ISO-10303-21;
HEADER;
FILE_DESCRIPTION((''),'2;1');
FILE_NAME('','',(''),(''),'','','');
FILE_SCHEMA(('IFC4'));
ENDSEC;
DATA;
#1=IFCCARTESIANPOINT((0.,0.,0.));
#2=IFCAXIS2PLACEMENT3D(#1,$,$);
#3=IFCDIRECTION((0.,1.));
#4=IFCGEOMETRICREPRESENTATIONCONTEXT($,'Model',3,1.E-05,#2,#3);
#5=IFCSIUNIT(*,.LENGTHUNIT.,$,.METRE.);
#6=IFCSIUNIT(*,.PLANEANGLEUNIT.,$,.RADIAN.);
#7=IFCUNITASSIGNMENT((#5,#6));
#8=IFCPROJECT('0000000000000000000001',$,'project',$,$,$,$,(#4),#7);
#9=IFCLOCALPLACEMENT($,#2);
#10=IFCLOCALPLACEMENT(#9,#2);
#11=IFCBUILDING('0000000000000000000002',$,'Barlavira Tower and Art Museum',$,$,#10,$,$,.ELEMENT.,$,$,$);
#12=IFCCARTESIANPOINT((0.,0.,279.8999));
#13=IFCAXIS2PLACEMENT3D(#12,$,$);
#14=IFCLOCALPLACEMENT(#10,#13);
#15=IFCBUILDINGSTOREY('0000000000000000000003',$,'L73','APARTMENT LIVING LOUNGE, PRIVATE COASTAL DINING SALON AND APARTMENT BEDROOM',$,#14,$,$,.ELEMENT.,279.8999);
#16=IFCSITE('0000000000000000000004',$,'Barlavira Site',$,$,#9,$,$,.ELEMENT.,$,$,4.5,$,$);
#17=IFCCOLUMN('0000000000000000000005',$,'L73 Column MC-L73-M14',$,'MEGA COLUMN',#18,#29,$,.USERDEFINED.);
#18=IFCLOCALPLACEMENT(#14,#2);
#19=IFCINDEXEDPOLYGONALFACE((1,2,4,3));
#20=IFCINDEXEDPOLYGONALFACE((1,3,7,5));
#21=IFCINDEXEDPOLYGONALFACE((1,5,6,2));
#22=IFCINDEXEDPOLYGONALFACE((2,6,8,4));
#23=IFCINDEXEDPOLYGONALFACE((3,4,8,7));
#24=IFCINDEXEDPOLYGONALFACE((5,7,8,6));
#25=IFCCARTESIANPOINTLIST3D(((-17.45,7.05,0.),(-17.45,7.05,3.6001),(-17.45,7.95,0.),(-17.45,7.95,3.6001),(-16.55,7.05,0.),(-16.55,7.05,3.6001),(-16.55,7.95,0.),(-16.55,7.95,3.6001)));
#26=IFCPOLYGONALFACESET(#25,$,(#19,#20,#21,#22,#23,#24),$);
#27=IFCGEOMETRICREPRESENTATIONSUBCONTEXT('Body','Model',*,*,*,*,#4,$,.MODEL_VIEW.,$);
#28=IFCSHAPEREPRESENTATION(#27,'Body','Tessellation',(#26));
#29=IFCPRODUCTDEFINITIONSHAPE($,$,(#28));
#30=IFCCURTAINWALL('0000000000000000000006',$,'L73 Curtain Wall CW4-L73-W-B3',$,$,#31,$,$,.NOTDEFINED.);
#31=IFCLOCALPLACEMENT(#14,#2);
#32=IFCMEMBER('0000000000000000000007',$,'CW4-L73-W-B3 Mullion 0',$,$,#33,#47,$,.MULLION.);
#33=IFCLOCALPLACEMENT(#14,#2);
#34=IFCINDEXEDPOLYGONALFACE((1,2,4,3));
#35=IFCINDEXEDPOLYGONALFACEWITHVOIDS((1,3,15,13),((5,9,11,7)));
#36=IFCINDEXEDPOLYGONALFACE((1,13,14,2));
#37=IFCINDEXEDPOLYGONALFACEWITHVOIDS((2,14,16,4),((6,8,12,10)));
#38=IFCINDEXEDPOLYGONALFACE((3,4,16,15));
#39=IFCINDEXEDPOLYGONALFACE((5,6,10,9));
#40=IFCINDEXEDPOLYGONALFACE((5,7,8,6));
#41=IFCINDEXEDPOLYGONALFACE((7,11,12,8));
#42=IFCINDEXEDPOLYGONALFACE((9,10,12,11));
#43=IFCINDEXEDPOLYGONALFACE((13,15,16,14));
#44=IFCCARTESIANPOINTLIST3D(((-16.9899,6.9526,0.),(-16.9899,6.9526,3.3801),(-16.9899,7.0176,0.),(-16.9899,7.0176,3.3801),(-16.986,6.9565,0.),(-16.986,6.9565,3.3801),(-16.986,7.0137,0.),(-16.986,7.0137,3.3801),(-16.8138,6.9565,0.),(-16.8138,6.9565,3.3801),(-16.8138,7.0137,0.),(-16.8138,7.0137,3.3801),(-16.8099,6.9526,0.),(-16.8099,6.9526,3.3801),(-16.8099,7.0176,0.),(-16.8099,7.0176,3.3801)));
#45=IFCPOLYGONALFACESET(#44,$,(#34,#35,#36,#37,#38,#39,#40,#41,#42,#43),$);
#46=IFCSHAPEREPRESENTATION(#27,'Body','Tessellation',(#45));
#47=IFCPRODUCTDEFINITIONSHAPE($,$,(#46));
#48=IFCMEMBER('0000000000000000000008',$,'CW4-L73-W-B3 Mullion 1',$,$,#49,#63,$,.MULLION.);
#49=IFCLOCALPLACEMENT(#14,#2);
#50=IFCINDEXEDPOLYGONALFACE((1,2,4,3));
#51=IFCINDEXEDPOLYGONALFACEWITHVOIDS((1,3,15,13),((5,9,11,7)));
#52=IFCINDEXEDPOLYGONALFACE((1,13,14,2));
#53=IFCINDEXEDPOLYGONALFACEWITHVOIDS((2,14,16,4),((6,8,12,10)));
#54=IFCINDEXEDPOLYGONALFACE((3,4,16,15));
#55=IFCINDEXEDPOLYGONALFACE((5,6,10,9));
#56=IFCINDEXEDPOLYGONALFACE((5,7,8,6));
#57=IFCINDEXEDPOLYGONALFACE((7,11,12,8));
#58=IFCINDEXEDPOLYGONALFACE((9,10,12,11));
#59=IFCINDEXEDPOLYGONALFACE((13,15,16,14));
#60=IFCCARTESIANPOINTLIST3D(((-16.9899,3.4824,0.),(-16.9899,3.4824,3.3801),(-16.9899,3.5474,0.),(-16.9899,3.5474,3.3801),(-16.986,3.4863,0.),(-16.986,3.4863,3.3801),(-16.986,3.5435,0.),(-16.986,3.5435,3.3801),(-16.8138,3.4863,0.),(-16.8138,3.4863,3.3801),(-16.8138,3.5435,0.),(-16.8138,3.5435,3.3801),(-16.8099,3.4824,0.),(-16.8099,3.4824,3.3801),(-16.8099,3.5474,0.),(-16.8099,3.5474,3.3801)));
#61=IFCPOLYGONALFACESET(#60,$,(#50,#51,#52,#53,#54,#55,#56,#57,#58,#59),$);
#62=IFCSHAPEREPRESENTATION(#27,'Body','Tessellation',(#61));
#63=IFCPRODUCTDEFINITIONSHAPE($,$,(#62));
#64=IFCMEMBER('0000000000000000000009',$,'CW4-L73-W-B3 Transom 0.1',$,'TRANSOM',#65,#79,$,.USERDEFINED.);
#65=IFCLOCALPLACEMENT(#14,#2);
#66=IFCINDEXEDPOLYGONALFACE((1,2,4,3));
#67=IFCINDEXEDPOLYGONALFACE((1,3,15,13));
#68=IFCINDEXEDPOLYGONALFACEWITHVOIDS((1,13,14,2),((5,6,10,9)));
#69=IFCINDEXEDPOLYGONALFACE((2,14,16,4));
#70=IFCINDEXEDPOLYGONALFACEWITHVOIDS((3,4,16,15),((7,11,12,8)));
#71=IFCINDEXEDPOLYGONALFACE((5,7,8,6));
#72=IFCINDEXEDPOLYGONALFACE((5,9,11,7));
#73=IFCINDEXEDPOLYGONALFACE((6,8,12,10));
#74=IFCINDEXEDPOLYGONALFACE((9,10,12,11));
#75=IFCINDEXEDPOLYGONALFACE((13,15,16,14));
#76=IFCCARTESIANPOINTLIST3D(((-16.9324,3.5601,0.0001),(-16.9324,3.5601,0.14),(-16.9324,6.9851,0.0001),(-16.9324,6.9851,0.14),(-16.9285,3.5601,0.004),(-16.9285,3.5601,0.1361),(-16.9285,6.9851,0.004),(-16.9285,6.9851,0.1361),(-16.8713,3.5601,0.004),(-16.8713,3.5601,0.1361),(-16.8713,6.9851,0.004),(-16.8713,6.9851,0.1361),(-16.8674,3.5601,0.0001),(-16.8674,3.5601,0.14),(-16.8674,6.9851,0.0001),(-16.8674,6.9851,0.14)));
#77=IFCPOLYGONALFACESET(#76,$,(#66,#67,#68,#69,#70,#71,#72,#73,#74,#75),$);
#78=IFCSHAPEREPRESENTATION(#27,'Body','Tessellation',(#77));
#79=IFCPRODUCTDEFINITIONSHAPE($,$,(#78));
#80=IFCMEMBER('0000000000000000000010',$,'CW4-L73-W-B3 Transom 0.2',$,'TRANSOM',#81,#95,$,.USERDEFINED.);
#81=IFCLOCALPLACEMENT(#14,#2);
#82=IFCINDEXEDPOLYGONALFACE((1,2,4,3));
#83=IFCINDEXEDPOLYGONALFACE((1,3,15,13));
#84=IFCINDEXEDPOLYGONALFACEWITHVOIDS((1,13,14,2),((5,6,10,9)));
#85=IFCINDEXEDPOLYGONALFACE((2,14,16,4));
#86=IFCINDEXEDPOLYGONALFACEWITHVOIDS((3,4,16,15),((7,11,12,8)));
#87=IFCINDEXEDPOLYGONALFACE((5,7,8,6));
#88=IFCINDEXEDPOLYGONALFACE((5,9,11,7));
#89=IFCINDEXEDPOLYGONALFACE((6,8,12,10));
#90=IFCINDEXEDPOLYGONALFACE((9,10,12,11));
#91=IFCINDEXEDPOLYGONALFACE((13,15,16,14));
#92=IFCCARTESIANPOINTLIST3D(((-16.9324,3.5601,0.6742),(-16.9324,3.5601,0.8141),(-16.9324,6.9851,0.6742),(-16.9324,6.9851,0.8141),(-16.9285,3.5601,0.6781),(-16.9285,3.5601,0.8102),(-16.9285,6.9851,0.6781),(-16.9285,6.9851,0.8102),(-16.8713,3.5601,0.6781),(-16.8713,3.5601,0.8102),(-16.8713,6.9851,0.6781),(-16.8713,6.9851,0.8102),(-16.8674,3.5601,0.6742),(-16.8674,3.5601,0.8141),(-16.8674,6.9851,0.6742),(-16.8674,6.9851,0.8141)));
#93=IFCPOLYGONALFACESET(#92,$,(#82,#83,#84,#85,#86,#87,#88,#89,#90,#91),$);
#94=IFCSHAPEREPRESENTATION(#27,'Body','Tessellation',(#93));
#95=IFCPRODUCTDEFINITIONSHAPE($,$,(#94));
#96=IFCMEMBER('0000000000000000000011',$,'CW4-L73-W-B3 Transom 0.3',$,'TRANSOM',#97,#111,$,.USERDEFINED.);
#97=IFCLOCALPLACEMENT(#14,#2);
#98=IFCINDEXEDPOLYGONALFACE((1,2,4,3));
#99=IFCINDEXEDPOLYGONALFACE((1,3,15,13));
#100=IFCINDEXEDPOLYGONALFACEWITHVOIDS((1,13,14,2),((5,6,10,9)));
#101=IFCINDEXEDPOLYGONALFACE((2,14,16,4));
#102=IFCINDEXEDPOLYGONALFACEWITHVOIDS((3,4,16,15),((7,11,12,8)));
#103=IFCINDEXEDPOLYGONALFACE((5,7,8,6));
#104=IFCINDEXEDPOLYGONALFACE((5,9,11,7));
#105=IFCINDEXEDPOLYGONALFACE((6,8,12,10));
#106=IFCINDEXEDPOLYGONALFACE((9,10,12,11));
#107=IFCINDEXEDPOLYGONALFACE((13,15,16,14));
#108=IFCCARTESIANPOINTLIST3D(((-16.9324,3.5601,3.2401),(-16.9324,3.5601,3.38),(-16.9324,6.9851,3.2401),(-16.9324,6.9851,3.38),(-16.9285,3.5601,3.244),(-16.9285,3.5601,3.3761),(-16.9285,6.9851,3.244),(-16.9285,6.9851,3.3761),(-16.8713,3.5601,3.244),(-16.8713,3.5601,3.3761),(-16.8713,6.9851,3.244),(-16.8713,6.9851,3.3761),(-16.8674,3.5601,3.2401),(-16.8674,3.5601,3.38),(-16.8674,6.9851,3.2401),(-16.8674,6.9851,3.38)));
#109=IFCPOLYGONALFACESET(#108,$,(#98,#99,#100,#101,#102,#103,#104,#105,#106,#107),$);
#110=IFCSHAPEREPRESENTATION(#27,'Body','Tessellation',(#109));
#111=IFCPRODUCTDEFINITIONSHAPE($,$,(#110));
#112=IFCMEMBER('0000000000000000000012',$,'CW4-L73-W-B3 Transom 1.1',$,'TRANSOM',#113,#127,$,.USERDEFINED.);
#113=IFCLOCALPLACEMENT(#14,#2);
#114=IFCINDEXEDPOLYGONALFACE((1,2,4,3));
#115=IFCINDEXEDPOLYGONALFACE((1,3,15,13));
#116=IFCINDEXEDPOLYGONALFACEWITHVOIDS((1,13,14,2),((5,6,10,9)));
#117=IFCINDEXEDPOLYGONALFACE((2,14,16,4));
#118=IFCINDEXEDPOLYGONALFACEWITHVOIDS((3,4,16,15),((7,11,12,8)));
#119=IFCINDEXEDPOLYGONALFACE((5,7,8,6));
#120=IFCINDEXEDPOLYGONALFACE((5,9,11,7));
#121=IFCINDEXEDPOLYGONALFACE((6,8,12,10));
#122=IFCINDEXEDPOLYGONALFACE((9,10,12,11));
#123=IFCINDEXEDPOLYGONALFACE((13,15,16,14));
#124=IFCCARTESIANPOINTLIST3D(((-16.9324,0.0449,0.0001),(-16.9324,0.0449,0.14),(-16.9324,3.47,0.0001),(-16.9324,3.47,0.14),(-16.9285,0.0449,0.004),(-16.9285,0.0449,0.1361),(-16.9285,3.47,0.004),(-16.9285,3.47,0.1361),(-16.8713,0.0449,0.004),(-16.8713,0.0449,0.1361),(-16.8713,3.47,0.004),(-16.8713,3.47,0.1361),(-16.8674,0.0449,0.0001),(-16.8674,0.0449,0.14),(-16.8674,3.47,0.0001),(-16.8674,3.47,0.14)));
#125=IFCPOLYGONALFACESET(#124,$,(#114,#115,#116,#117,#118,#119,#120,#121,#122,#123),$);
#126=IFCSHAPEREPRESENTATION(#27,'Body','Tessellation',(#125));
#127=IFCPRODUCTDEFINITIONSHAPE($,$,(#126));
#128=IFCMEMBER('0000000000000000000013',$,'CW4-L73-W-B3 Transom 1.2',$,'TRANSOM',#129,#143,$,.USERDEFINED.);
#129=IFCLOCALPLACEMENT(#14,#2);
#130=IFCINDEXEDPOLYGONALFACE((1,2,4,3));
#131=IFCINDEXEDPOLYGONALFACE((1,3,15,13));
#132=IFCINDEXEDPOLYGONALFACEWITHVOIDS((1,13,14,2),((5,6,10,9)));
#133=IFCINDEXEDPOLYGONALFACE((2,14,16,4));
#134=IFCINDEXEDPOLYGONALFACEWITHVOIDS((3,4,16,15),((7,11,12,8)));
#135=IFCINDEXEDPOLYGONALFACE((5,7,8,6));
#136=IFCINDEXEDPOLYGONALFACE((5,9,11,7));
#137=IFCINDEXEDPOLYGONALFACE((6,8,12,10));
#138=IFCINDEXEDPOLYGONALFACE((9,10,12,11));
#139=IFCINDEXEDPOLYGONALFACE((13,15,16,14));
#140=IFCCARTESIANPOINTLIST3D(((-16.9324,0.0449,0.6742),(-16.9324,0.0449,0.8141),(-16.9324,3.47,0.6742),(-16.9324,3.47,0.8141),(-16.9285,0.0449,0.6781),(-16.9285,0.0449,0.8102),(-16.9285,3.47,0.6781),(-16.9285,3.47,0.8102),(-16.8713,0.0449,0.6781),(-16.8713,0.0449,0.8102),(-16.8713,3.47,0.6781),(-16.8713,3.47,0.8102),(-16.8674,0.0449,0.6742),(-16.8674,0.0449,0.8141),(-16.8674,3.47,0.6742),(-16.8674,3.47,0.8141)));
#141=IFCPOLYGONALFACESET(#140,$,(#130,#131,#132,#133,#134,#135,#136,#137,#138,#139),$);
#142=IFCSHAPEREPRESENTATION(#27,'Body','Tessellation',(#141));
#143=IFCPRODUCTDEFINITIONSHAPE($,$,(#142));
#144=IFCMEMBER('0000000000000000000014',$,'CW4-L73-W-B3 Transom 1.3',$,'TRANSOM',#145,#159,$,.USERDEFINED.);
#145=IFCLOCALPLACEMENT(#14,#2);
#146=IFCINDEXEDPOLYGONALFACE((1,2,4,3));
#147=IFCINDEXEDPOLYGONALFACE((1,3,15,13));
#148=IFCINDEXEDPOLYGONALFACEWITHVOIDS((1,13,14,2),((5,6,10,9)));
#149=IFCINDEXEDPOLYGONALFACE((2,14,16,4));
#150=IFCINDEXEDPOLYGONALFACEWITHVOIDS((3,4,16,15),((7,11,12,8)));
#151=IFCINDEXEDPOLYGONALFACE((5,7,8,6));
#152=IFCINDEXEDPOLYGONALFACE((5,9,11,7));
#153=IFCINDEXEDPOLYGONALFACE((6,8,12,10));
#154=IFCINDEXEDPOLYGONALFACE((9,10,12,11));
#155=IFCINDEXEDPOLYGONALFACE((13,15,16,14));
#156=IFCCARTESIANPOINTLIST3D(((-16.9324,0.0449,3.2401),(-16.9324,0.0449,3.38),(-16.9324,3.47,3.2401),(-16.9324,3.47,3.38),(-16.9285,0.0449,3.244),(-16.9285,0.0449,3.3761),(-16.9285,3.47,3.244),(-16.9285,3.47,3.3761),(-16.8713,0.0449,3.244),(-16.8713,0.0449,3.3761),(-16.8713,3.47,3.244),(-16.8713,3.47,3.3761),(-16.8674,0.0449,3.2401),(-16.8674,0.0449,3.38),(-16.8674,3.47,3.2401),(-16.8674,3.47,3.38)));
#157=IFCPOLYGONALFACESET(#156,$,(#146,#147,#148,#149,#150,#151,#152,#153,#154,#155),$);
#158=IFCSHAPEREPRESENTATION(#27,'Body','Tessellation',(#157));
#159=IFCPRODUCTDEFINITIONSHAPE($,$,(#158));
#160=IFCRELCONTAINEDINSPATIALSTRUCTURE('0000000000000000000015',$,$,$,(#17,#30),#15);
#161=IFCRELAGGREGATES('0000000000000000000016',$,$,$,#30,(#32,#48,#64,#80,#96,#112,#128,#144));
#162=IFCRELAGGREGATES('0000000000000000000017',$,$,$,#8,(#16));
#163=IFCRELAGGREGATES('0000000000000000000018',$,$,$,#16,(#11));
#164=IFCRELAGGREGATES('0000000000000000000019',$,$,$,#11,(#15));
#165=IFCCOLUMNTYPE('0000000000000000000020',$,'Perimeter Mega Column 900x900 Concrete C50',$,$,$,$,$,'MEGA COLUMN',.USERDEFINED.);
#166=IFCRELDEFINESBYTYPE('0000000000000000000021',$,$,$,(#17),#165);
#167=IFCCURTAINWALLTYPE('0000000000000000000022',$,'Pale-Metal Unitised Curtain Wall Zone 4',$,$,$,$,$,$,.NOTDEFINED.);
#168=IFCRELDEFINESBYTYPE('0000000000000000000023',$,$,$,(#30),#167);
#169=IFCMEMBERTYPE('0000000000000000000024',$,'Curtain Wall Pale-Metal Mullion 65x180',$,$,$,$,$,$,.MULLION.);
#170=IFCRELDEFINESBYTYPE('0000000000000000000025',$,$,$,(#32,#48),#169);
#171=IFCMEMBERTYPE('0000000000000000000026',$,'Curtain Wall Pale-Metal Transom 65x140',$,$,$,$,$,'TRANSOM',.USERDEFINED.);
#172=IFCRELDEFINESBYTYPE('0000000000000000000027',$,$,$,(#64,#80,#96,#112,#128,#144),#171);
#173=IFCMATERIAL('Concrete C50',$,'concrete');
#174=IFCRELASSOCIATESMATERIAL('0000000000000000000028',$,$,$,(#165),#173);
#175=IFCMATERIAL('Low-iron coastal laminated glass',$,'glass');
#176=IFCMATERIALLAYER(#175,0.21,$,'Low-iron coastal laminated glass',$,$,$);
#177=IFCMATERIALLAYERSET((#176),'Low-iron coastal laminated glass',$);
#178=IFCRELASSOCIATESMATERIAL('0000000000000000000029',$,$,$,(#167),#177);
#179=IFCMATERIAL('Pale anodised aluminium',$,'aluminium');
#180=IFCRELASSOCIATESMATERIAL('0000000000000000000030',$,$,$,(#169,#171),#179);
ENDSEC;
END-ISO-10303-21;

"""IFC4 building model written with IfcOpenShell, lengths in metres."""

from ifc_helpers import new_model, si_unit, direction, frame, origin, origin_2d, place, context, subcontext, project, spatial, rectangle, hollow_rectangle, extrude, material, layer, layer_set, material_profile, profile_set, type_object, element, aggregate, save


model = new_model("IFC4")

# Units and contexts
model_context = context("Model", 3, precision=1e-05, world=origin(), true_north=direction((0.0, 1.0)))
body_context = subcontext(model_context, "Body", "Model", "MODEL_VIEW")
ifc_project = project(units=[si_unit("LENGTHUNIT", "METRE"), si_unit("PLANEANGLEUNIT", "RADIAN")], contexts=[model_context])

# Site, building, storey
site_placement = place(None, origin())
site = spatial("IfcSite", under=ifc_project, at=site_placement, Name="Barlavira Site", CompositionType="ELEMENT", RefElevation=4.5)
building_placement = place(site_placement, origin())
building = spatial("IfcBuilding", under=site, at=building_placement, Name="Barlavira Tower and Art Museum", CompositionType="ELEMENT")
storey_placement = place(building_placement, frame((0.0, 0.0, 279.8999)))
storey = spatial("IfcBuildingStorey", under=building, at=storey_placement, Name="L73", Description="APARTMENT LIVING LOUNGE, PRIVATE COASTAL DINING SALON AND APARTMENT BEDROOM", CompositionType="ELEMENT", Elevation=279.8999)

# Column
ifc_material_1 = material(Name="Concrete C50", Category="concrete")
ifc_material_profile_1 = material_profile(ifc_material_1, rectangle(XDim=0.8999, YDim=0.8999, at=origin_2d()), Name="RC-COL 900x900")
ifc_profile_set_1 = profile_set([ifc_material_profile_1], Name="Concrete C50")
column_type = type_object("IfcColumnType", Name="Perimeter Mega Column 900x900 Concrete C50", ElementType="MEGA COLUMN", PredefinedType="USERDEFINED", material=ifc_profile_set_1)
column_placement = place(storey_placement, frame((-17.0, 7.5, 0.0), z_axis=(0.0, 0.0, 1.0), x_axis=(1.0, 0.0, 0.0)))
element("IfcColumn", 1, at=column_placement, inside=storey, type_object=column_type, Name="L73 Column MC-L73-M14", ObjectType="MEGA COLUMN", PredefinedType="USERDEFINED", context=body_context, shape_type="SweptSolid", body=[
    extrude(rectangle(XDim=0.8999, YDim=0.8999, at=origin_2d()), origin(), (0.0, 0.0, 1.0), 3.6001),
])

# Curtain wall, members
ifc_material_2 = material(Name="Low-iron coastal laminated glass", Category="glass")
ifc_layer_1 = layer(ifc_material_2, 0.21, Name="Low-iron coastal laminated glass")
ifc_layer_set_1 = layer_set([ifc_layer_1], Name="Low-iron coastal laminated glass")
curtain_wall_type = type_object("IfcCurtainWallType", Name="Pale-Metal Unitised Curtain Wall Zone 4", PredefinedType="NOTDEFINED", material=ifc_layer_set_1)
curtain_wall_placement = place(storey_placement, origin())
curtain_wall = element("IfcCurtainWall", 2, at=curtain_wall_placement, inside=storey, type_object=curtain_wall_type, Name="L73 Curtain Wall CW4-L73-W-B3", PredefinedType="NOTDEFINED")
ifc_material_3 = material(Name="Pale anodised aluminium", Category="aluminium")
ifc_material_profile_2 = material_profile(ifc_material_3, hollow_rectangle(XDim=0.0649, YDim=0.1799, WallThickness=0.0039, at=origin_2d()), Name="ALU-MULL 65x180x4")
ifc_profile_set_2 = profile_set([ifc_material_profile_2], Name="Pale anodised aluminium")
member_type_1 = type_object("IfcMemberType", Name="Curtain Wall Pale-Metal Mullion 65x180", PredefinedType="MULLION", material=ifc_profile_set_2)
member_1_placement = place(storey_placement, frame((-16.8999, 6.9851, 0.0), z_axis=(0.0, 0.0, 1.0), x_axis=(0.0, -1.0, 0.0)))
member_1 = element("IfcMember", 3, at=member_1_placement, type_object=member_type_1, Name="CW4-L73-W-B3 Mullion 0", PredefinedType="MULLION", context=body_context, shape_type="SweptSolid", body=[
    extrude(hollow_rectangle(XDim=0.0649, YDim=0.1799, WallThickness=0.0039, at=origin_2d()), origin(), (0.0, 0.0, 1.0), 3.3801),
])
member_2_placement = place(storey_placement, frame((-16.8999, 3.5149, 0.0), z_axis=(0.0, 0.0, 1.0), x_axis=(0.0, -1.0, 0.0)))
member_2 = element("IfcMember", 4, at=member_2_placement, type_object=member_type_1, Name="CW4-L73-W-B3 Mullion 1", PredefinedType="MULLION", context=body_context, shape_type="SweptSolid", body=[
    extrude(hollow_rectangle(XDim=0.0649, YDim=0.1799, WallThickness=0.0039, at=origin_2d()), origin(), (0.0, 0.0, 1.0), 3.3801),
])
ifc_material_profile_3 = material_profile(ifc_material_3, hollow_rectangle(XDim=0.0649, YDim=0.1399, WallThickness=0.0039, at=origin_2d()), Name="ALU-TRAN 65x140x4")
ifc_profile_set_3 = profile_set([ifc_material_profile_3], Name="Pale anodised aluminium")
member_type_2 = type_object("IfcMemberType", Name="Curtain Wall Pale-Metal Transom 65x140", ElementType="TRANSOM", PredefinedType="USERDEFINED", material=ifc_profile_set_3)
member_3_placement = place(storey_placement, frame((-16.8999, 6.9851, 0.0701), z_axis=(0.0, -1.0, 0.0), x_axis=(1.0, 0.0, 0.0)))
member_3 = element("IfcMember", 5, at=member_3_placement, type_object=member_type_2, Name="CW4-L73-W-B3 Transom 0.1", ObjectType="TRANSOM", PredefinedType="USERDEFINED", context=body_context, shape_type="SweptSolid", body=[
    extrude(hollow_rectangle(XDim=0.0649, YDim=0.1399, WallThickness=0.0039, at=origin_2d()), origin(), (0.0, 0.0, 1.0), 3.425),
])
member_4_placement = place(storey_placement, frame((-16.8999, 6.9851, 0.7441), z_axis=(0.0, -1.0, 0.0), x_axis=(1.0, 0.0, 0.0)))
member_4 = element("IfcMember", 6, at=member_4_placement, type_object=member_type_2, Name="CW4-L73-W-B3 Transom 0.2", ObjectType="TRANSOM", PredefinedType="USERDEFINED", context=body_context, shape_type="SweptSolid", body=[
    extrude(hollow_rectangle(XDim=0.0649, YDim=0.1399, WallThickness=0.0039, at=origin_2d()), origin(), (0.0, 0.0, 1.0), 3.425),
])
member_5_placement = place(storey_placement, frame((-16.8999, 6.9851, 3.3101), z_axis=(0.0, -1.0, 0.0), x_axis=(1.0, 0.0, 0.0)))
member_5 = element("IfcMember", 7, at=member_5_placement, type_object=member_type_2, Name="CW4-L73-W-B3 Transom 0.3", ObjectType="TRANSOM", PredefinedType="USERDEFINED", context=body_context, shape_type="SweptSolid", body=[
    extrude(hollow_rectangle(XDim=0.0649, YDim=0.1399, WallThickness=0.0039, at=origin_2d()), origin(), (0.0, 0.0, 1.0), 3.425),
])
member_6_placement = place(storey_placement, frame((-16.8999, 3.47, 0.0701), z_axis=(0.0, -1.0, 0.0), x_axis=(1.0, 0.0, 0.0)))
member_6 = element("IfcMember", 8, at=member_6_placement, type_object=member_type_2, Name="CW4-L73-W-B3 Transom 1.1", ObjectType="TRANSOM", PredefinedType="USERDEFINED", context=body_context, shape_type="SweptSolid", body=[
    extrude(hollow_rectangle(XDim=0.0649, YDim=0.1399, WallThickness=0.0039, at=origin_2d()), origin(), (0.0, 0.0, 1.0), 3.425),
])
member_7_placement = place(storey_placement, frame((-16.8999, 3.47, 0.7441), z_axis=(0.0, -1.0, 0.0), x_axis=(1.0, 0.0, 0.0)))
member_7 = element("IfcMember", 9, at=member_7_placement, type_object=member_type_2, Name="CW4-L73-W-B3 Transom 1.2", ObjectType="TRANSOM", PredefinedType="USERDEFINED", context=body_context, shape_type="SweptSolid", body=[
    extrude(hollow_rectangle(XDim=0.0649, YDim=0.1399, WallThickness=0.0039, at=origin_2d()), origin(), (0.0, 0.0, 1.0), 3.425),
])
member_8_placement = place(storey_placement, frame((-16.8999, 3.47, 3.3101), z_axis=(0.0, -1.0, 0.0), x_axis=(1.0, 0.0, 0.0)))
member_8 = element("IfcMember", 10, at=member_8_placement, type_object=member_type_2, Name="CW4-L73-W-B3 Transom 1.3", ObjectType="TRANSOM", PredefinedType="USERDEFINED", context=body_context, shape_type="SweptSolid", body=[
    extrude(hollow_rectangle(XDim=0.0649, YDim=0.1399, WallThickness=0.0039, at=origin_2d()), origin(), (0.0, 0.0, 1.0), 3.425),
])

aggregate(curtain_wall, [member_1, member_2, member_3, member_4, member_5, member_6, member_7, member_8])

save(model, "model.ifc")
